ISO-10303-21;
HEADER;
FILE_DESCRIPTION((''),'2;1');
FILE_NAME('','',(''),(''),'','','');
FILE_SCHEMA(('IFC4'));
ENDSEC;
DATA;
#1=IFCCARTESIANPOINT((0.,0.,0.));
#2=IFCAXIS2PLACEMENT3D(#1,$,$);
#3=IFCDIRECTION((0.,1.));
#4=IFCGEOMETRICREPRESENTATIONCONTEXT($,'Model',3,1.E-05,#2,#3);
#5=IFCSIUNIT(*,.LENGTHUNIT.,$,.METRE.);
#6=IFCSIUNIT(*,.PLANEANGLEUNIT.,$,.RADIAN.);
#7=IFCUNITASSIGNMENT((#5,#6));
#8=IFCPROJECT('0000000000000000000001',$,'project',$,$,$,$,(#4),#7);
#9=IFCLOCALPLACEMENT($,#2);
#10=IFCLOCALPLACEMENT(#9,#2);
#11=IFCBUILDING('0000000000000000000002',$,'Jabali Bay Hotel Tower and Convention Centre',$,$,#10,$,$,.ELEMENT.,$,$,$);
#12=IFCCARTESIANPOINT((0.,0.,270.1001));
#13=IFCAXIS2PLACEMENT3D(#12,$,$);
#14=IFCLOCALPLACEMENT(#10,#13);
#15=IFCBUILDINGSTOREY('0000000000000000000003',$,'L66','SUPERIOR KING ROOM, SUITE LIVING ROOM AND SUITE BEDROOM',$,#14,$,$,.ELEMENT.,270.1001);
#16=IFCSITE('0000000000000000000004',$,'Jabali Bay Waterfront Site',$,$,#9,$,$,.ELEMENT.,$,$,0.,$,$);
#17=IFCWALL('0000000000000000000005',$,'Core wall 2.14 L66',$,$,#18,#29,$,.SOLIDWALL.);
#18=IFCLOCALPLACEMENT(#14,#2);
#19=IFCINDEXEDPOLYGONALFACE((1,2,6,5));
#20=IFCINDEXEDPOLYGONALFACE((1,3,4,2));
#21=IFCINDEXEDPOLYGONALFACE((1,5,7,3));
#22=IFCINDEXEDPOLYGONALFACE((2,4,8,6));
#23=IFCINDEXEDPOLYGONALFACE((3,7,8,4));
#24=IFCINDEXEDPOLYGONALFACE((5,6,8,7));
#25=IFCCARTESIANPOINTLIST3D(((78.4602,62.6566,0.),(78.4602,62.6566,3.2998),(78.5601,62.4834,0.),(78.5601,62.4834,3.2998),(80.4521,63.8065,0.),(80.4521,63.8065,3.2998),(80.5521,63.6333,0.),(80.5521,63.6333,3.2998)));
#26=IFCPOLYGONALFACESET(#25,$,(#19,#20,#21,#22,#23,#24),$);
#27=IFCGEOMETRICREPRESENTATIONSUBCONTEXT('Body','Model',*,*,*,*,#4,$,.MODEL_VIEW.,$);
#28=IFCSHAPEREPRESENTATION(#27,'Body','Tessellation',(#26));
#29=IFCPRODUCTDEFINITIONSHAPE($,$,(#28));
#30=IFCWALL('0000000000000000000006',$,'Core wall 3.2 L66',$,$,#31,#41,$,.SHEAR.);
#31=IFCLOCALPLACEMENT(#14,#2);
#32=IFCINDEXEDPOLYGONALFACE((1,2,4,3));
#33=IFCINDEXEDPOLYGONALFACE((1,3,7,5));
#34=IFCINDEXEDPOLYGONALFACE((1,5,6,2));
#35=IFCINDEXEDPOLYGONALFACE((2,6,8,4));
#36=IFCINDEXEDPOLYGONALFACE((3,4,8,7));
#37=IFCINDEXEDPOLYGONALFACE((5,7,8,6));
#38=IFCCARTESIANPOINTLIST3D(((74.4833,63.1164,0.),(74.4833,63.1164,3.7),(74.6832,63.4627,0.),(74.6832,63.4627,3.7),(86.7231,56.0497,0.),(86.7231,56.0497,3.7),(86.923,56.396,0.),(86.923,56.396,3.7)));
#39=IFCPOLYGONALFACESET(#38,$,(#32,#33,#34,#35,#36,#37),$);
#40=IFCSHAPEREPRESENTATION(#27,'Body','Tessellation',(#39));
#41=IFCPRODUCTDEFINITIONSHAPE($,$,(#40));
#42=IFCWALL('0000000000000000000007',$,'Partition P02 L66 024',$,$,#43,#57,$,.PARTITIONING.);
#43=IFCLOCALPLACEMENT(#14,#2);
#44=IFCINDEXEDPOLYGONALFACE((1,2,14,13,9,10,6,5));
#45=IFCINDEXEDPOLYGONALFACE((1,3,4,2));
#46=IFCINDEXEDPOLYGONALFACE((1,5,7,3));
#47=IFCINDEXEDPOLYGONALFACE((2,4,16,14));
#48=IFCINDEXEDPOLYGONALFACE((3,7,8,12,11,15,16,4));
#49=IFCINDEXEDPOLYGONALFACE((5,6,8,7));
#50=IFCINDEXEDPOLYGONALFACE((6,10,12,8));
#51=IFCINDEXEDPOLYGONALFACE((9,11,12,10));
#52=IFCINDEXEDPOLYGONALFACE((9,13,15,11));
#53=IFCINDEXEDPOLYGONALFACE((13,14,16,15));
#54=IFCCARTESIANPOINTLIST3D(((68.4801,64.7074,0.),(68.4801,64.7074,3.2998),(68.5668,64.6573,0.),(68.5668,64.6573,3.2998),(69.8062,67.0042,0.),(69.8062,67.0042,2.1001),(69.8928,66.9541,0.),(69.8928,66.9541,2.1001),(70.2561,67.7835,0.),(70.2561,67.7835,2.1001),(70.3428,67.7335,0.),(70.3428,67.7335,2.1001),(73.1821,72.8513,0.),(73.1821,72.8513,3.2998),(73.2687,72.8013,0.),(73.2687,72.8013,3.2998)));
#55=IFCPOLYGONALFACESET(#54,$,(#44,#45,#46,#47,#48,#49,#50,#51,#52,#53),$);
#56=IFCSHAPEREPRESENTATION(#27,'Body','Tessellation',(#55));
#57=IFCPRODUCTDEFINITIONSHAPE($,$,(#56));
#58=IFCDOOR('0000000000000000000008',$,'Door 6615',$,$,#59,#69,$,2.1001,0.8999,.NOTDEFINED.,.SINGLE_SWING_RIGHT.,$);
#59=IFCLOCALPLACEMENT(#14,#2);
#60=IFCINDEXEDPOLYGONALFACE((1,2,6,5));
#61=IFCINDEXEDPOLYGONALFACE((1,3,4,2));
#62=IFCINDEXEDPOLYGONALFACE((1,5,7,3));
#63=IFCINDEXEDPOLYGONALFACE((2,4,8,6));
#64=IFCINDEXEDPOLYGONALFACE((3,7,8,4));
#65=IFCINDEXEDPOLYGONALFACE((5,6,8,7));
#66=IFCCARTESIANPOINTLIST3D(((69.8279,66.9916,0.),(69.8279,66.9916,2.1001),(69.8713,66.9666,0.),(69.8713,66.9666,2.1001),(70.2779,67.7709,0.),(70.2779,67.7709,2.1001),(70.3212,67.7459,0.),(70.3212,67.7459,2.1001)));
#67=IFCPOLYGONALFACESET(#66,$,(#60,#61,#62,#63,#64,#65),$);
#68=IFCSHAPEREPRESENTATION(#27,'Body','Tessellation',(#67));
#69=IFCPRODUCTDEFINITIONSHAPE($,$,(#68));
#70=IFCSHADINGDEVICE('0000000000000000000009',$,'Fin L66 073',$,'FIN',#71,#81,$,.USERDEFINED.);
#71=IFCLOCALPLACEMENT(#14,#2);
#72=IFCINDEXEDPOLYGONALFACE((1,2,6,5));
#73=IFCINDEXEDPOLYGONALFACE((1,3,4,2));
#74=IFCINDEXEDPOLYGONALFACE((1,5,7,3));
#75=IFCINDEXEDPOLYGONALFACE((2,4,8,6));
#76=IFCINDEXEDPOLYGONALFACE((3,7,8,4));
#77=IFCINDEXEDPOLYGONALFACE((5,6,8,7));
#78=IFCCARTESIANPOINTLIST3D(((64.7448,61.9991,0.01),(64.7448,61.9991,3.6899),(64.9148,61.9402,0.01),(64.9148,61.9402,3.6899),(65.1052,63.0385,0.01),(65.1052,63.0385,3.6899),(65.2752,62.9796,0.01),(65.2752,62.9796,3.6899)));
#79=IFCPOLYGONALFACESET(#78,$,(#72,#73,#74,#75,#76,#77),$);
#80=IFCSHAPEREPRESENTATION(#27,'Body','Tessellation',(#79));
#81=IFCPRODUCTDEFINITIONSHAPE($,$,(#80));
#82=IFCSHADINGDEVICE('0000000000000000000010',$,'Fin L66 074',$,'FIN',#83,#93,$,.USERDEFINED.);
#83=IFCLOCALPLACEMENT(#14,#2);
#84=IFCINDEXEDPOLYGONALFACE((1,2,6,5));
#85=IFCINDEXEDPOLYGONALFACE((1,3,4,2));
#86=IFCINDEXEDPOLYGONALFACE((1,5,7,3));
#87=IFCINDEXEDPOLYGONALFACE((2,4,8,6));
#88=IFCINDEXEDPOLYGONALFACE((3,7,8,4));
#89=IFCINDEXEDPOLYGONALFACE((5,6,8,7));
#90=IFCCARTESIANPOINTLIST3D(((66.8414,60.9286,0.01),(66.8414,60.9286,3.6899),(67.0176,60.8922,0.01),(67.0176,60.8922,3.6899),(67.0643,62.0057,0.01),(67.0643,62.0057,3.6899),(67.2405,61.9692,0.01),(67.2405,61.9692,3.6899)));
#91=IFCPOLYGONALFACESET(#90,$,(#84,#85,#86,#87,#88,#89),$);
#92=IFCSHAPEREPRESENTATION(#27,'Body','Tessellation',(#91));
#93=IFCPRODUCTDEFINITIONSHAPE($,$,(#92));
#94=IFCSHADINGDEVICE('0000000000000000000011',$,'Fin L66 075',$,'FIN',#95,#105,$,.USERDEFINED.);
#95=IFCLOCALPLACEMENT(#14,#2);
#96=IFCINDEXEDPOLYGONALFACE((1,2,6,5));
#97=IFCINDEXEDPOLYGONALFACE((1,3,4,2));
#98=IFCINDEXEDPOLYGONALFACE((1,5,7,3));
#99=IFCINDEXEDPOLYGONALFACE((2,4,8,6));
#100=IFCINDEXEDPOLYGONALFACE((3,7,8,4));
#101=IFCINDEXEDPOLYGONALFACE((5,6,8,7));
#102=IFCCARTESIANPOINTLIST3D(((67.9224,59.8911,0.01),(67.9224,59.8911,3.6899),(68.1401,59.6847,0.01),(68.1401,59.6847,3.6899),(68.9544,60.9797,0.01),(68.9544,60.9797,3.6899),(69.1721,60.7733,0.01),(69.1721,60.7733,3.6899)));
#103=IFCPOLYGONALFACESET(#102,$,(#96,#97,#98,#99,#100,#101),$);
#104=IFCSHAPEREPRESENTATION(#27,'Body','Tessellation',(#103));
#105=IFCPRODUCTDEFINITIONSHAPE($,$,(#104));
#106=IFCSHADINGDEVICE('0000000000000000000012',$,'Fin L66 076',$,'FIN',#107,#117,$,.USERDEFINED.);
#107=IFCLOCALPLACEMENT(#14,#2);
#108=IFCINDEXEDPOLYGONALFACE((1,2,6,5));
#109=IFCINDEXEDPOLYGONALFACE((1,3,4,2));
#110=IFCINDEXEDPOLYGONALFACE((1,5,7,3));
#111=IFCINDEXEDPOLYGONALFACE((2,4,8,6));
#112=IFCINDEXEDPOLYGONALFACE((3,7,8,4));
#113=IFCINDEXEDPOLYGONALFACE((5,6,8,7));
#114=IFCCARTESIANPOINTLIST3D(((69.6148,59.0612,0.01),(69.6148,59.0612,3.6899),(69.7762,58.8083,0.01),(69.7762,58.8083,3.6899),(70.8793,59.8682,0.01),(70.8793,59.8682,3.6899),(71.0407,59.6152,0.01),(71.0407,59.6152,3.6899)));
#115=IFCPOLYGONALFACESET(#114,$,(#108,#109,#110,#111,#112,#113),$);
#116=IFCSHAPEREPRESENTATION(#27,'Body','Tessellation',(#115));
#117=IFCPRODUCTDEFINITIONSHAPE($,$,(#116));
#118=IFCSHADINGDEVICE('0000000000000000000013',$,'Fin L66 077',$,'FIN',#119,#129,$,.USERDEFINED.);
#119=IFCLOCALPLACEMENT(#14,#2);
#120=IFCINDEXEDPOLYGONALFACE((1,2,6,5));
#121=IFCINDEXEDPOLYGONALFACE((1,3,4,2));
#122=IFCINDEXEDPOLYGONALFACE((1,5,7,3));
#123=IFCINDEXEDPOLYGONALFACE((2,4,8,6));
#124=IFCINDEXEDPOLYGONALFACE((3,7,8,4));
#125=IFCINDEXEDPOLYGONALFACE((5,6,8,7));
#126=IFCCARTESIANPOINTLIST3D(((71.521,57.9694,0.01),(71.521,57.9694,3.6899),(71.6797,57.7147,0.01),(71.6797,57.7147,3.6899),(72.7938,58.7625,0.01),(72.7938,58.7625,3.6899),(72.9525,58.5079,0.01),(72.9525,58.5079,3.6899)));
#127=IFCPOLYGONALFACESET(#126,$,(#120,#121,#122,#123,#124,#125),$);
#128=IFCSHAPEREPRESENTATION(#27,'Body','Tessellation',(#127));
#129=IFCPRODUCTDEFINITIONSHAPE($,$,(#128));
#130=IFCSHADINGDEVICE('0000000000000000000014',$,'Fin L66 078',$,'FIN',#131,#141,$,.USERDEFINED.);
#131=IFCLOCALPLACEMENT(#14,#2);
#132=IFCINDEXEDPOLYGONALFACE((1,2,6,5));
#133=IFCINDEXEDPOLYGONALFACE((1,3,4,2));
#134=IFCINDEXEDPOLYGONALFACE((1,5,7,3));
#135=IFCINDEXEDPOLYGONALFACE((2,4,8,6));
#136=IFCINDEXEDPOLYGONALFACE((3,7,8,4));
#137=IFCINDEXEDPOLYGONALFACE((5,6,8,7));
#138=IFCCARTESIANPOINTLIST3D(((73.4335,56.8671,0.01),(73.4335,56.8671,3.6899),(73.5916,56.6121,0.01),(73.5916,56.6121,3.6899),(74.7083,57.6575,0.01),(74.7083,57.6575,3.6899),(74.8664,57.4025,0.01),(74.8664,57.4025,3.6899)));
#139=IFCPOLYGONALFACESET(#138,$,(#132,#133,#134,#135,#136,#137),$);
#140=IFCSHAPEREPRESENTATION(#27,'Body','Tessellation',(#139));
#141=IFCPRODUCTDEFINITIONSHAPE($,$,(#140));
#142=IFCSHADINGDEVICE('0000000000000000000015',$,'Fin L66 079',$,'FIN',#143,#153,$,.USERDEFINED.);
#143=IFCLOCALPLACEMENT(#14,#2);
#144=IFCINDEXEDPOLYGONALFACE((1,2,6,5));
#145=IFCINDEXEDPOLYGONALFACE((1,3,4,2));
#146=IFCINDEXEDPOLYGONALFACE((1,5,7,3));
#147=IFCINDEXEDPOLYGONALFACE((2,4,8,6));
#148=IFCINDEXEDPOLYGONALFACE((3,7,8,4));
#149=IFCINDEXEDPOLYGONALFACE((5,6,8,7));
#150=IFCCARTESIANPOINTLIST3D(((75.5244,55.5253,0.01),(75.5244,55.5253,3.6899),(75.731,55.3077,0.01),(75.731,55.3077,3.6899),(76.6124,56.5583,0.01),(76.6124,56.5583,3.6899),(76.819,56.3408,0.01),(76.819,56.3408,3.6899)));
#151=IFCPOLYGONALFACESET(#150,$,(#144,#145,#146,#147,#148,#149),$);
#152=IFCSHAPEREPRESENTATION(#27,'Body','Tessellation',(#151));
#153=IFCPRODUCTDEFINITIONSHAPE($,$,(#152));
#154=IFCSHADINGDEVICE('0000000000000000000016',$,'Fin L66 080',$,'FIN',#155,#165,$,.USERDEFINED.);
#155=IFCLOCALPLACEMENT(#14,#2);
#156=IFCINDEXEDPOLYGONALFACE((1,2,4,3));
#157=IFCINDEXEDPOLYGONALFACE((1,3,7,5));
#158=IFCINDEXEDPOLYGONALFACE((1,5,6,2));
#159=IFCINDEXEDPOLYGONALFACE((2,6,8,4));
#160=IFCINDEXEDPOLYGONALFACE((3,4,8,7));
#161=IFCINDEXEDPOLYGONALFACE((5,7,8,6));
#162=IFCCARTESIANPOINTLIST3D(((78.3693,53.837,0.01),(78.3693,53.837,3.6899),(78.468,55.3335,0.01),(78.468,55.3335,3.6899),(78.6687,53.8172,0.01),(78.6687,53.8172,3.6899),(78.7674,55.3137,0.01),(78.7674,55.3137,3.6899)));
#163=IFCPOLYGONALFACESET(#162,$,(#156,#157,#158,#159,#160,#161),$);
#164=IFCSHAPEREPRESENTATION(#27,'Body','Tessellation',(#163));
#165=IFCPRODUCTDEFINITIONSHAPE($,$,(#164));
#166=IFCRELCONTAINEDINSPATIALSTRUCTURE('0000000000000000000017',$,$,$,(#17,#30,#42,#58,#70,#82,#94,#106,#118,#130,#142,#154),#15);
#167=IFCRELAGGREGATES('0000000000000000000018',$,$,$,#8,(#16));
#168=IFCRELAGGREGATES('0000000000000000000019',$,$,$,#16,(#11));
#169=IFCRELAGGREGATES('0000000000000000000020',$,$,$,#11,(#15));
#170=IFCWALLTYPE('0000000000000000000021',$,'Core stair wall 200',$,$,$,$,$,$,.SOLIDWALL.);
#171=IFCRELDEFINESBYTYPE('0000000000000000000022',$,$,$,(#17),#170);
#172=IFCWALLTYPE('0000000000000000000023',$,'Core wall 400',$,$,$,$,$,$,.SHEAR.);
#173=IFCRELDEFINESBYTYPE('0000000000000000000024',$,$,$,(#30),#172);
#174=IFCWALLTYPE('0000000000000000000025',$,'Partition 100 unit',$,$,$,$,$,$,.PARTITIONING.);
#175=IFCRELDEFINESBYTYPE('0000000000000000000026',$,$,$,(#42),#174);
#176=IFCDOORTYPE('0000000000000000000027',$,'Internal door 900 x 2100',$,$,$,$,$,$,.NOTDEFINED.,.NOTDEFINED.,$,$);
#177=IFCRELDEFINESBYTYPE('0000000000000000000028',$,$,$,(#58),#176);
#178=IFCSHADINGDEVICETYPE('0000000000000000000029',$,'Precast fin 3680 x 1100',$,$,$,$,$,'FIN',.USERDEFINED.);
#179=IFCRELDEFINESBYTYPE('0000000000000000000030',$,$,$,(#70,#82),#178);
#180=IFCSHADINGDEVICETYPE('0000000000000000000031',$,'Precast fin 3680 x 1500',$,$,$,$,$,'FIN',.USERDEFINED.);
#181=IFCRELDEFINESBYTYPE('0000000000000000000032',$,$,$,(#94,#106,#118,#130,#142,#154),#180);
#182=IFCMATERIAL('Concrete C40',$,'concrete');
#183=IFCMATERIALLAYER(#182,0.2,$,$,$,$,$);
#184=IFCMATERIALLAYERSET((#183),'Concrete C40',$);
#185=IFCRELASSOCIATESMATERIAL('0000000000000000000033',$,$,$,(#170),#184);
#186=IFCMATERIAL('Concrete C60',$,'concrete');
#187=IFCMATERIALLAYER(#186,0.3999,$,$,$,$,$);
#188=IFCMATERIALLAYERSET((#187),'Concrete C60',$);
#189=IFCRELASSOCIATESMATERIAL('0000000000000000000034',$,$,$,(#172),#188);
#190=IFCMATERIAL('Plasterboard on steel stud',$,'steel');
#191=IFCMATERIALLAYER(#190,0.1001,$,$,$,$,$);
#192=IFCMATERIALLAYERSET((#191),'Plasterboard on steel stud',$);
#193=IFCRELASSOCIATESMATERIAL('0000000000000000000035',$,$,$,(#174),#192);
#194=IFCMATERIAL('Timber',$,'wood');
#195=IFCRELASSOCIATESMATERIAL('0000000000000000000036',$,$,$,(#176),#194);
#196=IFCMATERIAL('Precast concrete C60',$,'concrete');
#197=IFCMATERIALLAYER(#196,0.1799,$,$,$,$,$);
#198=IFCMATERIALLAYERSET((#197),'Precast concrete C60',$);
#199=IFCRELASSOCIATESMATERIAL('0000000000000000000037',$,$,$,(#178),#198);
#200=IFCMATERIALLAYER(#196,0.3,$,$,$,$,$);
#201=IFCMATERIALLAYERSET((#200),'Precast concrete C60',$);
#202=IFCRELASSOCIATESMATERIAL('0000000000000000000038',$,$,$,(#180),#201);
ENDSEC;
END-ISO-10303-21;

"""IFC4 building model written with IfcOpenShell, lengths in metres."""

from ifc_helpers import new_model, si_unit, direction, frame, frame_2d, origin, place, context, subcontext, project, spatial, rectangle, extrude, material, layer, layer_set, type_object, element, fill, save


model = new_model("IFC4")

# Units and contexts
model_context = context("Model", 3, precision=1e-05, world=origin(), true_north=direction((0.0, 1.0)))
body_context = subcontext(model_context, "Body", "Model", "MODEL_VIEW")
ifc_project = project(units=[si_unit("LENGTHUNIT", "METRE"), si_unit("PLANEANGLEUNIT", "RADIAN")], contexts=[model_context])

# Site, building, storey
site_placement = place(None, origin())
site = spatial("IfcSite", under=ifc_project, at=site_placement, Name="Jabali Bay Waterfront Site", CompositionType="ELEMENT", RefElevation=0.0)
building_placement = place(site_placement, origin())
building = spatial("IfcBuilding", under=site, at=building_placement, Name="Jabali Bay Hotel Tower and Convention Centre", CompositionType="ELEMENT")
storey_placement = place(building_placement, frame((0.0, 0.0, 270.1001)))
storey = spatial("IfcBuildingStorey", under=building, at=storey_placement, Name="L66", Description="SUPERIOR KING ROOM, SUITE LIVING ROOM AND SUITE BEDROOM", CompositionType="ELEMENT", Elevation=270.1001)

# Shared definitions
ifc_material_1 = material(Name="Concrete C60", Category="concrete")

# Shared definitions
ifc_material_2 = material(Name="Concrete C40", Category="concrete")

# Shared definitions
ifc_layer_1 = layer(ifc_material_2, 0.2)
ifc_layer_set_1 = layer_set([ifc_layer_1], Name="Concrete C40")
wall_type_1 = type_object("IfcWallType", Name="Core stair wall 200", PredefinedType="SOLIDWALL", material=ifc_layer_set_1)

# Walls
wall_1_placement = place(storey_placement, frame((78.5103, 62.5701, 0.0), z_axis=(0.0, 0.0, 1.0), x_axis=(0.866053, 0.499952, 0.0)))
element("IfcWall", 1, at=wall_1_placement, inside=storey, type_object=wall_type_1, Name="Core wall 2.14 L66", PredefinedType="SOLIDWALL", context=body_context, shape_type="SweptSolid", body=[
    extrude(rectangle(XDim=2.3, YDim=0.2, at=frame_2d((1.1499, 0.0))), origin(), (0.0, 0.0, 1.0), 3.2998),
])
ifc_layer_2 = layer(ifc_material_1, 0.3999)
ifc_layer_set_2 = layer_set([ifc_layer_2], Name="Concrete C60")
wall_type_2 = type_object("IfcWallType", Name="Core wall 400", PredefinedType="SHEAR", material=ifc_layer_set_2)
wall_2_placement = place(storey_placement, frame((74.5833, 63.2896, 0.0), z_axis=(0.0, 0.0, 1.0), x_axis=(0.866024, -0.500002, 0.0)))
element("IfcWall", 2, at=wall_2_placement, inside=storey, type_object=wall_type_2, Name="Core wall 3.2 L66", PredefinedType="SHEAR", context=body_context, shape_type="SweptSolid", body=[
    extrude(rectangle(XDim=14.1333, YDim=0.3999, at=frame_2d((7.0667, 0.0))), origin(), (0.0, 0.0, 1.0), 3.7),
])

# Wall, opening, door
ifc_material_3 = material(Name="Plasterboard on steel stud", Category="steel")
ifc_layer_3 = layer(ifc_material_3, 0.1001)
ifc_layer_set_3 = layer_set([ifc_layer_3], Name="Plasterboard on steel stud")
wall_type_3 = type_object("IfcWallType", Name="Partition 100 unit", PredefinedType="PARTITIONING", material=ifc_layer_set_3)
wall_3_placement = place(storey_placement, frame((68.5234, 64.6824, 0.0), z_axis=(0.0, 0.0, 1.0), x_axis=(0.500006, 0.866022, 0.0)))
wall_3 = element("IfcWall", 3, at=wall_3_placement, inside=storey, type_object=wall_type_3, Name="Partition P02 L66 024", PredefinedType="PARTITIONING", context=body_context, shape_type="SweptSolid", body=[
    extrude(rectangle(XDim=9.4038, YDim=0.1001, at=frame_2d((4.7019, 0.0))), origin(), (0.0, 0.0, 1.0), 3.2998),
])
opening_1_placement = place(wall_3_placement, frame((2.6521, 0.0, 0.0)))
opening_1 = element("IfcOpeningElement", 4, at=opening_1_placement, cuts=wall_3, PredefinedType="OPENING", context=body_context, shape_type="SweptSolid", body=[
    extrude(rectangle(XDim=0.8999, YDim=2.1001, at=frame_2d((0.45, 1.05))), frame((0.0, 0.0605, 0.0), z_axis=(0.0, -1.0, 0.0), x_axis=(1.0, 0.0, 0.0)), (0.0, 0.0, 1.0), 0.1211),
])
ifc_material_4 = material(Name="Timber", Category="wood")
door_type_1 = type_object("IfcDoorType", Name="Internal door 900 x 2100", OperationType="NOTDEFINED", PredefinedType="NOTDEFINED", material=ifc_material_4)
door_1_placement = place(opening_1_placement, origin())
door_1 = element("IfcDoor", 5, at=door_1_placement, inside=storey, type_object=door_type_1, Name="Door 6615", OperationType="SINGLE_SWING_RIGHT", OverallHeight=2.1001, OverallWidth=0.8999, PredefinedType="NOTDEFINED", context=body_context, shape_type="SweptSolid", body=[
    extrude(rectangle(XDim=0.8999, YDim=2.1001, at=frame_2d((0.45, 1.05))), frame((0.0, 0.0249, 0.0), z_axis=(0.0, -1.0, 0.0), x_axis=(1.0, 0.0, 0.0)), (0.0, 0.0, 1.0), 0.05),
])
fill(opening_1, door_1)

# Shading devices
ifc_material_5 = material(Name="Precast concrete C60", Category="concrete")
ifc_layer_4 = layer(ifc_material_5, 0.1799)
ifc_layer_set_4 = layer_set([ifc_layer_4], Name="Precast concrete C60")
shading_device_type_1 = type_object("IfcShadingDeviceType", Name="Precast fin 3680 x 1100", ElementType="FIN", PredefinedType="USERDEFINED", material=ifc_layer_set_4)
shading_device_1_placement = place(storey_placement, frame((65.1902, 63.009, 0.01), z_axis=(0.0, 0.0, 1.0), x_axis=(-0.327591, -0.94482, 0.0)))
element("IfcShadingDevice", 6, at=shading_device_1_placement, inside=storey, type_object=shading_device_type_1, Name="Fin L66 073", ObjectType="FIN", PredefinedType="USERDEFINED", context=body_context, shape_type="SweptSolid", body=[
    extrude(rectangle(XDim=1.1001, YDim=0.1799, at=frame_2d((0.55, 0.0))), origin(), (0.0, 0.0, 1.0), 3.6799),
])
shading_device_2_placement = place(storey_placement, frame((67.1523, 61.9873, 0.01), z_axis=(0.0, 0.0, 1.0), x_axis=(-0.202642, -0.979253, 0.0)))
element("IfcShadingDevice", 7, at=shading_device_2_placement, inside=storey, type_object=shading_device_type_1, Name="Fin L66 074", ObjectType="FIN", PredefinedType="USERDEFINED", context=body_context, shape_type="SweptSolid", body=[
    extrude(rectangle(XDim=1.0999, YDim=0.1799, at=frame_2d((0.5498, 0.0))), origin(), (0.0, 0.0, 1.0), 3.6799),
])
ifc_layer_5 = layer(ifc_material_5, 0.3)
ifc_layer_set_5 = layer_set([ifc_layer_5], Name="Precast concrete C60")
shading_device_type_2 = type_object("IfcShadingDeviceType", Name="Precast fin 3680 x 1500", ElementType="FIN", PredefinedType="USERDEFINED", material=ifc_layer_set_5)
for number, where, z_axis, x_axis, name in (
    (8, (69.0632, 60.8765, 0.01), (0.0, 0.0, 1.0), (-0.687975, -0.725735, 0.0), "Fin L66 075"),
    (9, (70.96, 59.7417, 0.01), (0.0, 0.0, 1.0), (-0.842977, -0.537949, 0.0), "Fin L66 076"),
):
    element("IfcShadingDevice", number, at=place(storey_placement, frame(where, z_axis=z_axis, x_axis=x_axis)), inside=storey, type_object=shading_device_type_2, Name=name, ObjectType="FIN", PredefinedType="USERDEFINED", context=body_context, shape_type="SweptSolid", body=[
        extrude(rectangle(XDim=1.5, YDim=0.3, at=frame_2d((0.75, 0.0))), origin(), (0.0, 0.0, 1.0), 3.6799),
    ])
shading_device_3_placement = place(storey_placement, frame((72.8733, 58.6353, 0.01), z_axis=(0.0, 0.0, 1.0), x_axis=(-0.848711, -0.528857, 0.0)))
element("IfcShadingDevice", 10, at=shading_device_3_placement, inside=storey, type_object=shading_device_type_2, Name="Fin L66 077", ObjectType="FIN", PredefinedType="USERDEFINED", context=body_context, shape_type="SweptSolid", body=[
    extrude(rectangle(XDim=1.4998, YDim=0.3, at=frame_2d((0.75, 0.0))), origin(), (0.0, 0.0, 1.0), 3.6799),
])
shading_device_4_placement = place(storey_placement, frame((74.7874, 57.53, 0.01), z_axis=(0.0, 0.0, 1.0), x_axis=(-0.849876, -0.526982, 0.0)))
element("IfcShadingDevice", 11, at=shading_device_4_placement, inside=storey, type_object=shading_device_type_2, Name="Fin L66 078", ObjectType="FIN", PredefinedType="USERDEFINED", context=body_context, shape_type="SweptSolid", body=[
    extrude(rectangle(XDim=1.5, YDim=0.3, at=frame_2d((0.75, 0.0))), origin(), (0.0, 0.0, 1.0), 3.6799),
])
shading_device_5_placement = place(storey_placement, frame((76.7156, 56.4495, 0.01), z_axis=(0.0, 0.0, 1.0), x_axis=(-0.725178, -0.688561, 0.0)))
element("IfcShadingDevice", 12, at=shading_device_5_placement, inside=storey, type_object=shading_device_type_2, Name="Fin L66 079", ObjectType="FIN", PredefinedType="USERDEFINED", context=body_context, shape_type="SweptSolid", body=[
    extrude(rectangle(XDim=1.5002, YDim=0.3, at=frame_2d((0.75, 0.0))), origin(), (0.0, 0.0, 1.0), 3.6799),
])
shading_device_6_placement = place(storey_placement, frame((78.6177, 55.3237, 0.01), z_axis=(0.0, 0.0, 1.0), x_axis=(-0.065763, -0.997835, 0.0)))
element("IfcShadingDevice", 13, at=shading_device_6_placement, inside=storey, type_object=shading_device_type_2, Name="Fin L66 080", ObjectType="FIN", PredefinedType="USERDEFINED", context=body_context, shape_type="SweptSolid", body=[
    extrude(rectangle(XDim=1.4998, YDim=0.3, at=frame_2d((0.75, 0.0))), origin(), (0.0, 0.0, 1.0), 3.6799),
])

save(model, "model.ifc")
